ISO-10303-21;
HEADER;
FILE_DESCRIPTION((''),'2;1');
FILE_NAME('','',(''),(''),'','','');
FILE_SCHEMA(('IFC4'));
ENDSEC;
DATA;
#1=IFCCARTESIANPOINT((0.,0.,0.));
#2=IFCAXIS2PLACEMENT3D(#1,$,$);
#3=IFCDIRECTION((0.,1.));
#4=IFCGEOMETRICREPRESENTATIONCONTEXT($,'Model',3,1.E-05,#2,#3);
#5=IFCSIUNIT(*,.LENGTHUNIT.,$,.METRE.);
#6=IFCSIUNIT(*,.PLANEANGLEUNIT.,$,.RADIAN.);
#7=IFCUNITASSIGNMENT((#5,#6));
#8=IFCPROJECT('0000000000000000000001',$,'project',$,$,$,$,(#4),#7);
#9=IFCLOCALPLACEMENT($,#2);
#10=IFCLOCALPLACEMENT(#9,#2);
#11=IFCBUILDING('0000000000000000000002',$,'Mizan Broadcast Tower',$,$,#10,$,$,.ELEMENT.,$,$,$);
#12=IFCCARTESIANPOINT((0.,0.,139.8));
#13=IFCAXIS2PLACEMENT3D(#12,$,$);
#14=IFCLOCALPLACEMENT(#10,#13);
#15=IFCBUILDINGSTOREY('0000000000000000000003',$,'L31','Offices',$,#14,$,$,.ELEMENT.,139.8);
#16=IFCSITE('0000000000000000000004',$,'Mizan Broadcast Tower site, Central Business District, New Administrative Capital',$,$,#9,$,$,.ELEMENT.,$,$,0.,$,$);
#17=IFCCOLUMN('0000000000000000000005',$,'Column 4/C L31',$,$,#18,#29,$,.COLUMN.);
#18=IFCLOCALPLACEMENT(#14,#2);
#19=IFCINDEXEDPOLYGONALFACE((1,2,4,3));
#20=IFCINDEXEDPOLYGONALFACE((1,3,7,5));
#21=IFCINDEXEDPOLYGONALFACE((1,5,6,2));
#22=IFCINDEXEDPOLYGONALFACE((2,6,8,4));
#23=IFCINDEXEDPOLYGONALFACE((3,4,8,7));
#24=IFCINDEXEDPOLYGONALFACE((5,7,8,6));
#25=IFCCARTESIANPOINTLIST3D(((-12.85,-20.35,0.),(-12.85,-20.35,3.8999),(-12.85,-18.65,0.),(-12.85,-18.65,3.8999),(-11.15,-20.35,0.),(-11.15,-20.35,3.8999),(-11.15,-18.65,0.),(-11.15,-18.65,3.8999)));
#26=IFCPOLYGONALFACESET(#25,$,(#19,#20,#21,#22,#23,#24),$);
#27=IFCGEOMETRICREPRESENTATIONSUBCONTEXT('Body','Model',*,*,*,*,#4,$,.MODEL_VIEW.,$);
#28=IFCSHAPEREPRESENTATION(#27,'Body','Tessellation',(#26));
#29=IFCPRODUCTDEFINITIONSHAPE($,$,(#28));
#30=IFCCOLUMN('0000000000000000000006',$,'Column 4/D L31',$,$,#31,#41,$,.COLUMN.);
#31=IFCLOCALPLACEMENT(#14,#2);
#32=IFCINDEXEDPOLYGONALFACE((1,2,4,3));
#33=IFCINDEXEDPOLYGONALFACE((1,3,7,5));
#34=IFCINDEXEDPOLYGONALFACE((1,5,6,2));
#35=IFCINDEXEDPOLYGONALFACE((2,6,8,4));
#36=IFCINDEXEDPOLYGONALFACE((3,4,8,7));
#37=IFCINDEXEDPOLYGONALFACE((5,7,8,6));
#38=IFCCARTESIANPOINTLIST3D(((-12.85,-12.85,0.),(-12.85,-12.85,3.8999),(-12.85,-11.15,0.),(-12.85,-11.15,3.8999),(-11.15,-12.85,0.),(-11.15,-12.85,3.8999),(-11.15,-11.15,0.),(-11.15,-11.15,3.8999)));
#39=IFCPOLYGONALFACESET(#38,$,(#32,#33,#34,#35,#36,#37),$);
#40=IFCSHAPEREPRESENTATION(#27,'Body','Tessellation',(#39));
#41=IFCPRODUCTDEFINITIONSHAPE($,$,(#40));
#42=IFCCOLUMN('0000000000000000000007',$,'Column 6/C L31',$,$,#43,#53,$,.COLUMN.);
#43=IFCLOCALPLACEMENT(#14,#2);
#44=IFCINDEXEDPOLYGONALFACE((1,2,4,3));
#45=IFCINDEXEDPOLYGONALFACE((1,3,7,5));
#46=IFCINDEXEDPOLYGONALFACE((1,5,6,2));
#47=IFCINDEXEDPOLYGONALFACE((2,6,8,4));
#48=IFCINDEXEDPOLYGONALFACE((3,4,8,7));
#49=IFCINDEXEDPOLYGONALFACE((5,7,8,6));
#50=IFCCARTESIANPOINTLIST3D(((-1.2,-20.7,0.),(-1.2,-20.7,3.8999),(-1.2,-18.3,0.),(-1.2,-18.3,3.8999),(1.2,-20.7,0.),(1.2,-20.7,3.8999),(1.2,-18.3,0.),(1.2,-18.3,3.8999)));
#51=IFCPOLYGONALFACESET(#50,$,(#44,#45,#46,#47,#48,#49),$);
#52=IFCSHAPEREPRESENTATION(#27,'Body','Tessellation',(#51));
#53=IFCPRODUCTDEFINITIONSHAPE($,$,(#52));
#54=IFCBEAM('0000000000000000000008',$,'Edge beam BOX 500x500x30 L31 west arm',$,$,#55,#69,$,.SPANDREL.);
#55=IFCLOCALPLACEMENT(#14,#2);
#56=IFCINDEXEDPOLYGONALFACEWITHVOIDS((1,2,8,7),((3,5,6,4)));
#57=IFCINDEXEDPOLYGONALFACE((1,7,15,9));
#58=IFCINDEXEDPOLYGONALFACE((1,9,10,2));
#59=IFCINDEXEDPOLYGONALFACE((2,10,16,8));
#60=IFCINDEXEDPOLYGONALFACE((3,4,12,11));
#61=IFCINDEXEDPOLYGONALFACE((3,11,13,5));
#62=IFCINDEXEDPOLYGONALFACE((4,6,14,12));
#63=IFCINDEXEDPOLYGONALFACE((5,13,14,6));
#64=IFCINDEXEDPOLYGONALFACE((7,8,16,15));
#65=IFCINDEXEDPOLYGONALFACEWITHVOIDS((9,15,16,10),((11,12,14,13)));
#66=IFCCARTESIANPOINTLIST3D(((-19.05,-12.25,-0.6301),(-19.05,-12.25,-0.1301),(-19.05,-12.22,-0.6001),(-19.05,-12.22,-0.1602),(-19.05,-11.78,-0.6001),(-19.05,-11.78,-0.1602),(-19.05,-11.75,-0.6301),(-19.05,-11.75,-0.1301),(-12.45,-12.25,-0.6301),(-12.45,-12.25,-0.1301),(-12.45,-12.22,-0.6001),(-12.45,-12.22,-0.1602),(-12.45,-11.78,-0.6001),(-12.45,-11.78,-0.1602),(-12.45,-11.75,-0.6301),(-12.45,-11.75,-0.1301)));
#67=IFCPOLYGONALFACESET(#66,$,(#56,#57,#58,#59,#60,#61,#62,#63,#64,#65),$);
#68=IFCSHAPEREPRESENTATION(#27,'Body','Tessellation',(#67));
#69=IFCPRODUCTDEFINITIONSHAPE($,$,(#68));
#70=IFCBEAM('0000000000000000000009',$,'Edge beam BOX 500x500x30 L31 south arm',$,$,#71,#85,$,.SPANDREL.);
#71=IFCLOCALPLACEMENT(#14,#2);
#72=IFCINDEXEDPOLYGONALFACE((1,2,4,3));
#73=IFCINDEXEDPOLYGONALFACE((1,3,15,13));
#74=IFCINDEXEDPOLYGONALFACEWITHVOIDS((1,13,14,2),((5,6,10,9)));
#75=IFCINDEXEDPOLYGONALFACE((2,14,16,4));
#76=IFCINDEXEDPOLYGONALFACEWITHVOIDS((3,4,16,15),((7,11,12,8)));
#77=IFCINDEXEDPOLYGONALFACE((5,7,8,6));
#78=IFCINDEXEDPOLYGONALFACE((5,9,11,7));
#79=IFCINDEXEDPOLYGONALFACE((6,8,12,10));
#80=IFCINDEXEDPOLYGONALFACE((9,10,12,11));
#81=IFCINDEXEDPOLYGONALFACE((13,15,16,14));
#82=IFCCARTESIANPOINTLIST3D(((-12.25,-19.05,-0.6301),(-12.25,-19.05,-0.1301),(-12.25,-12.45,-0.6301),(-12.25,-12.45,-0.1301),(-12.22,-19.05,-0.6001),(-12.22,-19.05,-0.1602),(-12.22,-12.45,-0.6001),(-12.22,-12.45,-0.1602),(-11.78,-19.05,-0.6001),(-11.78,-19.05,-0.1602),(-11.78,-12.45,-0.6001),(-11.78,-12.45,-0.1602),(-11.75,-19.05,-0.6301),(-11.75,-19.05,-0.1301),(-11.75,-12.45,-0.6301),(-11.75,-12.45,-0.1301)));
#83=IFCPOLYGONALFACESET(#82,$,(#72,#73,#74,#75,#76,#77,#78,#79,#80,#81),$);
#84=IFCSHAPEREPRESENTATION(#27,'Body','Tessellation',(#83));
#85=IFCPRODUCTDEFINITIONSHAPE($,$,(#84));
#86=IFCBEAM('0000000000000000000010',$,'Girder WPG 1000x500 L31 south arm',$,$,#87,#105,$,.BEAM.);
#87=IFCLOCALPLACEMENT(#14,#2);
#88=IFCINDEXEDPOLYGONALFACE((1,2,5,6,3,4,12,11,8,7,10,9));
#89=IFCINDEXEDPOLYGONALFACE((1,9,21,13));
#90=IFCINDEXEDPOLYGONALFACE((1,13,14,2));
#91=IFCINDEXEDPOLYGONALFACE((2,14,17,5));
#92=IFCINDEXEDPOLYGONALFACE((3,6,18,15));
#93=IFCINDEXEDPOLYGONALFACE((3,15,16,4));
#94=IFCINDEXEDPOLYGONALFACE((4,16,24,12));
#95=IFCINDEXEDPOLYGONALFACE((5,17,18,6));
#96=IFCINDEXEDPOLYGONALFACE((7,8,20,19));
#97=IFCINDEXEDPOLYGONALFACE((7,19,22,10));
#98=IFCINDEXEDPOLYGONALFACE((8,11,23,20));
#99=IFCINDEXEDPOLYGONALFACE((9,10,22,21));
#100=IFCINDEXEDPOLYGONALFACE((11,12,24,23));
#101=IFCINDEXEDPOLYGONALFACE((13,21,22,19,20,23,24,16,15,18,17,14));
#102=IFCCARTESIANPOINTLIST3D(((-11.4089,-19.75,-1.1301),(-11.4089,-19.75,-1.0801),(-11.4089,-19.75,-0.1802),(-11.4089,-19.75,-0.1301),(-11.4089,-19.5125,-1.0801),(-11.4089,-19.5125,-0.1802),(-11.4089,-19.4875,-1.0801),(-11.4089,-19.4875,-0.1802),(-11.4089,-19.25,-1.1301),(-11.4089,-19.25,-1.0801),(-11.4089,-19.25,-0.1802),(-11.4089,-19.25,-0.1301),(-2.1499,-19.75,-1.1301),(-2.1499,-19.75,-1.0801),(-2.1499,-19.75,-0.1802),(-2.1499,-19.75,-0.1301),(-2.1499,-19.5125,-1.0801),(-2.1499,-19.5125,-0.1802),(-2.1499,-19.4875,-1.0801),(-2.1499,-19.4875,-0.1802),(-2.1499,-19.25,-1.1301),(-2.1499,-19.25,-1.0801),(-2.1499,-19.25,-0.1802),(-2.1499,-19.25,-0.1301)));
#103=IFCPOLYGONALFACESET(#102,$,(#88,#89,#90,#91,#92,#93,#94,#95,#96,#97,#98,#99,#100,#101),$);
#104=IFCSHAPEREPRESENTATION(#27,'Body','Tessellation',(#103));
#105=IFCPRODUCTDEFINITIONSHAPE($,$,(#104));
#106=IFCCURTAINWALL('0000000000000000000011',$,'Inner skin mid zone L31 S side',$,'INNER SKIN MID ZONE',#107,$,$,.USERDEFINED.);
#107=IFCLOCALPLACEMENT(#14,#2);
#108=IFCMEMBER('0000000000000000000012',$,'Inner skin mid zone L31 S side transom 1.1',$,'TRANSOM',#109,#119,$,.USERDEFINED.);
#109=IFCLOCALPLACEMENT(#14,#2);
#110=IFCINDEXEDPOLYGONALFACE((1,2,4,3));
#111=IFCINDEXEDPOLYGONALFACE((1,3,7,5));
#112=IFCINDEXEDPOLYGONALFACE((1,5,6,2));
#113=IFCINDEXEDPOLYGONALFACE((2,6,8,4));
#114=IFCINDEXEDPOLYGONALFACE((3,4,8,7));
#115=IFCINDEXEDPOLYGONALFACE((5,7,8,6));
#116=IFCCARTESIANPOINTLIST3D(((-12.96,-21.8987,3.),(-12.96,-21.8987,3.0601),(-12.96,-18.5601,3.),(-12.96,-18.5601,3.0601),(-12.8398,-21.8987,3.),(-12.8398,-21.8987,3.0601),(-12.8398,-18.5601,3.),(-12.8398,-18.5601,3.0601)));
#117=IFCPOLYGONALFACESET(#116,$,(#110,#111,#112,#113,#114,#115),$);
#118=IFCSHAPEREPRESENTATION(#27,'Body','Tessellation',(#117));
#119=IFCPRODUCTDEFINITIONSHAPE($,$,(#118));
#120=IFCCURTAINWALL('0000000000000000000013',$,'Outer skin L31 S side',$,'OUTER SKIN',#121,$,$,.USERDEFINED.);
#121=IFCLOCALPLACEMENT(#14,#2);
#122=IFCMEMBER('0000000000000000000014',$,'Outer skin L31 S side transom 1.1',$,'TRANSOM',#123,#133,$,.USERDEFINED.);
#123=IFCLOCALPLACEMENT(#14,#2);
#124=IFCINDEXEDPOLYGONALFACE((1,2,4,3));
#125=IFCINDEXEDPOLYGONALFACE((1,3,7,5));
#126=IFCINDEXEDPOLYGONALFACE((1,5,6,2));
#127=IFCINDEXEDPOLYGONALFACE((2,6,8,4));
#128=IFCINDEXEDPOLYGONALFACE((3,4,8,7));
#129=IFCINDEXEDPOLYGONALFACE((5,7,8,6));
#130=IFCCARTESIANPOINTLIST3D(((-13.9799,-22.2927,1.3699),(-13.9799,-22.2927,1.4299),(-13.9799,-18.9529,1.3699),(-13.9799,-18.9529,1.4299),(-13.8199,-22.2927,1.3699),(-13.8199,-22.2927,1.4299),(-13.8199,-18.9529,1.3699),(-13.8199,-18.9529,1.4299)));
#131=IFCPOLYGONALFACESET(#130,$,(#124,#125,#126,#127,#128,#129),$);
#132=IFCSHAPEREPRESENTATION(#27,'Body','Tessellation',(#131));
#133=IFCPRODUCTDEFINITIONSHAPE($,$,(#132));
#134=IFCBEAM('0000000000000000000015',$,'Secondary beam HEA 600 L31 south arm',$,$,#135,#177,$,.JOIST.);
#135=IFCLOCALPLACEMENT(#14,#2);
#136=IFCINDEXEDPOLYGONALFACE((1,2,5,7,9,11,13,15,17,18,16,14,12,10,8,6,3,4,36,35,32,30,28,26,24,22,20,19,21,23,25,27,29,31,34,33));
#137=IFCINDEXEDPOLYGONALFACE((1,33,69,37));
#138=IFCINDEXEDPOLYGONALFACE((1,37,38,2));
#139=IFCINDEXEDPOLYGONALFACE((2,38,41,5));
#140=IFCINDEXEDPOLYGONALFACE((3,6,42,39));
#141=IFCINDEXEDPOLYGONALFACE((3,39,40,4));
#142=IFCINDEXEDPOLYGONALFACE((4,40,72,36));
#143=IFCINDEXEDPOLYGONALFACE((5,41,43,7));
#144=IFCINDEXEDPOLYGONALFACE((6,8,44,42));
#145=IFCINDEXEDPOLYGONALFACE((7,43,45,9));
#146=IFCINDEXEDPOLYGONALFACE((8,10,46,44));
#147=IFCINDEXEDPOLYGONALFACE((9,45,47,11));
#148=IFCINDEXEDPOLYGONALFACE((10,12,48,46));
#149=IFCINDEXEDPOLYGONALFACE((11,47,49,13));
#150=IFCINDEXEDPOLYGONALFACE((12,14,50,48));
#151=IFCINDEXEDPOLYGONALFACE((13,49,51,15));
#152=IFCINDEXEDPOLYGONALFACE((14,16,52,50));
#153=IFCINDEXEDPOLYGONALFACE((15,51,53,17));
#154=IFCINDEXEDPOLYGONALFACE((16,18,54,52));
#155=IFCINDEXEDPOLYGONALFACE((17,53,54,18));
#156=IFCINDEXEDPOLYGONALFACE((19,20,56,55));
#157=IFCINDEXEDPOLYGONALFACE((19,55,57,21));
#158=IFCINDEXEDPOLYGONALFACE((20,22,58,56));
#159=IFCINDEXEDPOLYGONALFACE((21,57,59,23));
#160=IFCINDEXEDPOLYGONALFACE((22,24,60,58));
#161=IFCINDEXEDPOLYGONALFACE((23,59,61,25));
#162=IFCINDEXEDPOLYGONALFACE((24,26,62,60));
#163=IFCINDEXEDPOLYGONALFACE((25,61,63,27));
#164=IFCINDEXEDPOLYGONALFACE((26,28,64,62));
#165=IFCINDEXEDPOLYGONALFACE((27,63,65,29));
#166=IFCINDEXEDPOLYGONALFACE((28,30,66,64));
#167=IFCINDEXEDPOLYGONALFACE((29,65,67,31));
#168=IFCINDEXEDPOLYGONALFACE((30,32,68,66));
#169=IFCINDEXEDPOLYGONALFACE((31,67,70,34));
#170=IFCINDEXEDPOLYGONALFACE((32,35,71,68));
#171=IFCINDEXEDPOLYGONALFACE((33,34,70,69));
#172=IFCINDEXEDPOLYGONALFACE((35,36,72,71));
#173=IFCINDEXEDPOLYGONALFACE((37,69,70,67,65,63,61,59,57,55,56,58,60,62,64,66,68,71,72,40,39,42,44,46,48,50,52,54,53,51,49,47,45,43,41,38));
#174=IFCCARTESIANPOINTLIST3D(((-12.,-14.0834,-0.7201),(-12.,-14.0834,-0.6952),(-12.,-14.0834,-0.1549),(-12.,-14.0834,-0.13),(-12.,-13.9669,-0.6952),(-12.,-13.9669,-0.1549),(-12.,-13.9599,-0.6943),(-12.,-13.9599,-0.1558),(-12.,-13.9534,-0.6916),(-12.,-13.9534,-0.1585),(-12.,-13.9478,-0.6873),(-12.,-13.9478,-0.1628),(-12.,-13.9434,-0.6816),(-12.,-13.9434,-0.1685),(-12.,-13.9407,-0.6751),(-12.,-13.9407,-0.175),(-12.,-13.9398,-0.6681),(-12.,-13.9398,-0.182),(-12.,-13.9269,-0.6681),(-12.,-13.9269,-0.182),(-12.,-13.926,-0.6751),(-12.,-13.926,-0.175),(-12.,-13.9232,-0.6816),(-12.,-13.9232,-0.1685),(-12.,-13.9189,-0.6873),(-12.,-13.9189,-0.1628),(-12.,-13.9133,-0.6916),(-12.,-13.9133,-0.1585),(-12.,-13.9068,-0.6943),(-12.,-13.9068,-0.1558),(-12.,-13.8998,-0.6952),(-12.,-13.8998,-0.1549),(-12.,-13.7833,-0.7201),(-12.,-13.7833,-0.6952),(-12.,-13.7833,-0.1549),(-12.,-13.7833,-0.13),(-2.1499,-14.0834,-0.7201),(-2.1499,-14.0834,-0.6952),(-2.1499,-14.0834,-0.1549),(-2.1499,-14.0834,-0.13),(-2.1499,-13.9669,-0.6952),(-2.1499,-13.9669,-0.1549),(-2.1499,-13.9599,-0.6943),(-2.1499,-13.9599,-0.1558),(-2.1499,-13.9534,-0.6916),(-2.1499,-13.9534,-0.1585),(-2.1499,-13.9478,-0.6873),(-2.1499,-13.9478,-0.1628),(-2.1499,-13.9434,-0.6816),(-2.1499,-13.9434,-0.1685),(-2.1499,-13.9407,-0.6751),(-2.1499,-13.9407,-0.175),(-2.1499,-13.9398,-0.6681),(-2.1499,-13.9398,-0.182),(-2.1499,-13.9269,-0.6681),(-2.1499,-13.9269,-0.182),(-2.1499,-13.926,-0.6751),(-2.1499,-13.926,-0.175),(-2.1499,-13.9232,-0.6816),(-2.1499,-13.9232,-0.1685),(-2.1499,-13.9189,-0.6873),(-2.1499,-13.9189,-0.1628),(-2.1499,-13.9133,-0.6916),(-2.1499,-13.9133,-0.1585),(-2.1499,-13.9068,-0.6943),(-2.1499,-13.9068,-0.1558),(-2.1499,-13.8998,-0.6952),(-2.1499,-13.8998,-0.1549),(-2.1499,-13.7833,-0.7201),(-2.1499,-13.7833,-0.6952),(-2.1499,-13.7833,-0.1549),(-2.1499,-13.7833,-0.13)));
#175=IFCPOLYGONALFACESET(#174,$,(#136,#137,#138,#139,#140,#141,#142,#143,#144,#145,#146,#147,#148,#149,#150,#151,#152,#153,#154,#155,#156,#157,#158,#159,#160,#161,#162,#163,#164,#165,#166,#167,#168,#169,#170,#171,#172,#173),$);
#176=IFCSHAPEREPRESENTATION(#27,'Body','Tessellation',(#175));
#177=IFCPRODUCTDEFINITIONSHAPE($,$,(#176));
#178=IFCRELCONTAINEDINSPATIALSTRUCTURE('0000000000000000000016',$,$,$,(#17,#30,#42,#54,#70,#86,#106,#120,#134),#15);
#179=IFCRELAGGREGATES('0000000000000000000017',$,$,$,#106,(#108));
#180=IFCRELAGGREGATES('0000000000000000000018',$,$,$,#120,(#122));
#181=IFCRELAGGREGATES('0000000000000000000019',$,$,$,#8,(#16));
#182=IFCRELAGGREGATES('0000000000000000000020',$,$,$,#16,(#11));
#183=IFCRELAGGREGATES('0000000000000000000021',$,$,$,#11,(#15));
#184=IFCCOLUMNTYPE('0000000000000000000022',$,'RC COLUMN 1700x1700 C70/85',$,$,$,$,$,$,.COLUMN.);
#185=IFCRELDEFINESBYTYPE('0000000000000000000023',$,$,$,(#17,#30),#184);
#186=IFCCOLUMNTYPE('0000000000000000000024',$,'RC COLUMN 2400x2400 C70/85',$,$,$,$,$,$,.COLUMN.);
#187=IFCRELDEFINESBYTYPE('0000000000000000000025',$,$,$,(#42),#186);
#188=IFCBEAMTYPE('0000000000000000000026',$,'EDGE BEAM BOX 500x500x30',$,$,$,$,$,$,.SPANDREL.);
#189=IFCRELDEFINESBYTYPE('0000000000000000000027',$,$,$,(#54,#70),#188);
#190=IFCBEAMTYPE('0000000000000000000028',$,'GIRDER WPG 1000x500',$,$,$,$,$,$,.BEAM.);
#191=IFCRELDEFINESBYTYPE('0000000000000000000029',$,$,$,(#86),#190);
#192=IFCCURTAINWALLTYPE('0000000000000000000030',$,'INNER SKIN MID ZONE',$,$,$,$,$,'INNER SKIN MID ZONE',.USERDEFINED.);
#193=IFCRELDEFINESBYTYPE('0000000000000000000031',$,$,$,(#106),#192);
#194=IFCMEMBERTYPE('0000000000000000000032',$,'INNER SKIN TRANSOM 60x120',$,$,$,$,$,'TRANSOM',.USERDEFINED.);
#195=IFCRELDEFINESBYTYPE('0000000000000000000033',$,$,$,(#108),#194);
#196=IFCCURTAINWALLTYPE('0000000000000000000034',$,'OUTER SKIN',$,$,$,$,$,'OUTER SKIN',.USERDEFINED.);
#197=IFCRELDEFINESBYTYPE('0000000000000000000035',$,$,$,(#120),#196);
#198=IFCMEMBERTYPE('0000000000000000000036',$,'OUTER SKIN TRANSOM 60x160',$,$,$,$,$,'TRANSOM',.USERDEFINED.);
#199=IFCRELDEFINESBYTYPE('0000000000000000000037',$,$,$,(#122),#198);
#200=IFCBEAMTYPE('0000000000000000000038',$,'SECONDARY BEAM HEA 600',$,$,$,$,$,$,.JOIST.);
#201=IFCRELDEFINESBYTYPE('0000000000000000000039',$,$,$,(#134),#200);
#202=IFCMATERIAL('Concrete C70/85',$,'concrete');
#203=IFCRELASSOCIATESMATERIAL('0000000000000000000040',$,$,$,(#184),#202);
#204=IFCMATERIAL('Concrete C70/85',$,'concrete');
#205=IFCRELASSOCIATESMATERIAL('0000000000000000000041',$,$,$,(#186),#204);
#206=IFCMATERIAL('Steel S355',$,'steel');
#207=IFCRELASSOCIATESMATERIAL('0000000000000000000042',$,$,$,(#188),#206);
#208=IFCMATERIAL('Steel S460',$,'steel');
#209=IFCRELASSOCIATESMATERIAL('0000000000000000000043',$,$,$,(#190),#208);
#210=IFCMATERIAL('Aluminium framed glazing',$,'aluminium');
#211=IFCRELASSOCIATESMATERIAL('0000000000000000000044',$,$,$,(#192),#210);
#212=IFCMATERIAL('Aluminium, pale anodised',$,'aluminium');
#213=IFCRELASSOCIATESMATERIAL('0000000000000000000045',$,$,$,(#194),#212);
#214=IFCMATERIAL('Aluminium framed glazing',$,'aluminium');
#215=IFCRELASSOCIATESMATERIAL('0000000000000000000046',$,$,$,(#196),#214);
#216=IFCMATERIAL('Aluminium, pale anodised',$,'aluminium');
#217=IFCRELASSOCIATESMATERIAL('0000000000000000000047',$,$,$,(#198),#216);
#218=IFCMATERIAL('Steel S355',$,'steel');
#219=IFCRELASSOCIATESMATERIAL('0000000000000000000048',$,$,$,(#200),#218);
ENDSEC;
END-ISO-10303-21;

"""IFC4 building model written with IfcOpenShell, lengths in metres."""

from ifc_helpers import new_model, si_unit, direction, frame, origin, origin_2d, place, context, subcontext, project, spatial, rectangle, hollow_rectangle, i_section, extrude, material, material_profile, profile_set, type_object, element, aggregate, save


model = new_model("IFC4")

# Units and contexts
model_context = context("Model", 3, precision=1e-05, world=origin(), true_north=direction((0.0, 1.0)))
body_context = subcontext(model_context, "Body", "Model", "MODEL_VIEW")
ifc_project = project(units=[si_unit("LENGTHUNIT", "METRE"), si_unit("PLANEANGLEUNIT", "RADIAN")], contexts=[model_context])

# Site, building, storey
site_placement = place(None, origin())
site = spatial("IfcSite", under=ifc_project, at=site_placement, Name="Mizan Broadcast Tower site, Central Business District, New Administrative Capital", CompositionType="ELEMENT", RefElevation=0.0)
building_placement = place(site_placement, origin())
building = spatial("IfcBuilding", under=site, at=building_placement, Name="Mizan Broadcast Tower", CompositionType="ELEMENT")
storey_placement = place(building_placement, frame((0.0, 0.0, 139.8)))
storey = spatial("IfcBuildingStorey", under=building, at=storey_placement, Name="L31", Description="Offices", CompositionType="ELEMENT", Elevation=139.8)

# Columns
ifc_material_1 = material(Name="Concrete C70/85", Category="concrete")
ifc_material_profile_1 = material_profile(ifc_material_1, rectangle(XDim=1.7, YDim=1.7, at=origin_2d()), Name="RC 1700x1700")
ifc_profile_set_1 = profile_set([ifc_material_profile_1], Name="Concrete C70/85")
column_type_1 = type_object("IfcColumnType", Name="RC COLUMN 1700x1700 C70/85", PredefinedType="COLUMN", material=ifc_profile_set_1)
for number, where, z_axis, x_axis, name in (
    (1, (-12.0, -19.5, 0.0), (0.0, 0.0, 1.0), (1.0, 0.0, 0.0), "Column 4/C L31"),
    (2, (-12.0, -12.0, 0.0), (0.0, 0.0, 1.0), (1.0, 0.0, 0.0), "Column 4/D L31"),
):
    element("IfcColumn", number, at=place(storey_placement, frame(where, z_axis=z_axis, x_axis=x_axis)), inside=storey, type_object=column_type_1, Name=name, PredefinedType="COLUMN", context=body_context, shape_type="SweptSolid", body=[
        extrude(rectangle(XDim=1.7, YDim=1.7, at=origin_2d()), origin(), (0.0, 0.0, 1.0), 3.8999),
    ])
ifc_material_2 = material(Name="Concrete C70/85", Category="concrete")
ifc_material_profile_2 = material_profile(ifc_material_2, rectangle(XDim=2.3999, YDim=2.3999, at=origin_2d()), Name="RC 2400x2400")
ifc_profile_set_2 = profile_set([ifc_material_profile_2], Name="Concrete C70/85")
column_type_2 = type_object("IfcColumnType", Name="RC COLUMN 2400x2400 C70/85", PredefinedType="COLUMN", material=ifc_profile_set_2)
column_placement = place(storey_placement, frame((0.0, -19.5, 0.0), z_axis=(0.0, 0.0, 1.0), x_axis=(1.0, 0.0, 0.0)))
element("IfcColumn", 3, at=column_placement, inside=storey, type_object=column_type_2, Name="Column 6/C L31", PredefinedType="COLUMN", context=body_context, shape_type="SweptSolid", body=[
    extrude(rectangle(XDim=2.3999, YDim=2.3999, at=origin_2d()), origin(), (0.0, 0.0, 1.0), 3.8999),
])

# Beams
ifc_material_3 = material(Name="Steel S355", Category="steel")
ifc_material_profile_3 = material_profile(ifc_material_3, hollow_rectangle(XDim=0.5, YDim=0.5, WallThickness=0.03, at=origin_2d()), Name="BOX 500x500x30")
ifc_profile_set_3 = profile_set([ifc_material_profile_3], Name="Steel S355")
beam_type_1 = type_object("IfcBeamType", Name="EDGE BEAM BOX 500x500x30", PredefinedType="SPANDREL", material=ifc_profile_set_3)
for number, where, z_axis, x_axis, name in (
    (4, (-12.45, -12.0, -0.3801), (-1.0, 0.0, 0.0), (0.0, -1.0, 0.0), "Edge beam BOX 500x500x30 L31 west arm"),
    (5, (-12.0, -12.45, -0.3801), (0.0, -1.0, 0.0), (1.0, 0.0, 0.0), "Edge beam BOX 500x500x30 L31 south arm"),
):
    element("IfcBeam", number, at=place(storey_placement, frame(where, z_axis=z_axis, x_axis=x_axis)), inside=storey, type_object=beam_type_1, Name=name, PredefinedType="SPANDREL", context=body_context, shape_type="SweptSolid", body=[
        extrude(hollow_rectangle(XDim=0.5, YDim=0.5, WallThickness=0.03, at=origin_2d()), origin(), (0.0, 0.0, 1.0), 6.6001),
    ])
ifc_material_4 = material(Name="Steel S460", Category="steel")
ifc_material_profile_4 = material_profile(ifc_material_4, i_section(OverallWidth=0.5, OverallDepth=1.0, WebThickness=0.0249, FlangeThickness=0.05, at=origin_2d()), Name="WPG 1000x500")
ifc_profile_set_4 = profile_set([ifc_material_profile_4], Name="Steel S460")
beam_type_2 = type_object("IfcBeamType", Name="GIRDER WPG 1000x500", PredefinedType="BEAM", material=ifc_profile_set_4)
beam_1_placement = place(storey_placement, frame((-11.4089, -19.5, -0.6301), z_axis=(1.0, 0.0, 0.0), x_axis=(0.0, 1.0, 0.0)))
element("IfcBeam", 6, at=beam_1_placement, inside=storey, type_object=beam_type_2, Name="Girder WPG 1000x500 L31 south arm", PredefinedType="BEAM", context=body_context, shape_type="SweptSolid", body=[
    extrude(i_section(OverallWidth=0.5, OverallDepth=1.0, WebThickness=0.0249, FlangeThickness=0.05, at=origin_2d()), origin(), (0.0, 0.0, 1.0), 9.259),
])

# Curtain walls, members
ifc_material_5 = material(Name="Aluminium framed glazing", Category="aluminium")
curtain_wall_type_1 = type_object("IfcCurtainWallType", Name="INNER SKIN MID ZONE", ElementType="INNER SKIN MID ZONE", PredefinedType="USERDEFINED", material=ifc_material_5)
curtain_wall_1_placement = place(storey_placement, origin())
curtain_wall_1 = element("IfcCurtainWall", 7, at=curtain_wall_1_placement, inside=storey, type_object=curtain_wall_type_1, Name="Inner skin mid zone L31 S side", ObjectType="INNER SKIN MID ZONE", PredefinedType="USERDEFINED")
ifc_material_6 = material(Name="Aluminium, pale anodised", Category="aluminium")
ifc_material_profile_5 = material_profile(ifc_material_6, rectangle(XDim=0.1201, YDim=0.0601, at=origin_2d()), Name="TRANSOM 120x60")
ifc_profile_set_5 = profile_set([ifc_material_profile_5], Name="Aluminium, pale anodised")
member_type_1 = type_object("IfcMemberType", Name="INNER SKIN TRANSOM 60x120", ElementType="TRANSOM", PredefinedType="USERDEFINED", material=ifc_profile_set_5)
member_1_placement = place(storey_placement, frame((-12.8999, -18.5601, 3.03), z_axis=(0.0, -1.0, 0.0), x_axis=(1.0, 0.0, 0.0)))
member_1 = element("IfcMember", 8, at=member_1_placement, type_object=member_type_1, Name="Inner skin mid zone L31 S side transom 1.1", ObjectType="TRANSOM", PredefinedType="USERDEFINED", context=body_context, shape_type="SweptSolid", body=[
    extrude(rectangle(XDim=0.1201, YDim=0.0601, at=origin_2d()), origin(), (0.0, 0.0, 1.0), 3.3386),
])
aggregate(curtain_wall_1, [member_1])
ifc_material_7 = material(Name="Aluminium framed glazing", Category="aluminium")
curtain_wall_type_2 = type_object("IfcCurtainWallType", Name="OUTER SKIN", ElementType="OUTER SKIN", PredefinedType="USERDEFINED", material=ifc_material_7)
curtain_wall_2_placement = place(storey_placement, origin())
curtain_wall_2 = element("IfcCurtainWall", 9, at=curtain_wall_2_placement, inside=storey, type_object=curtain_wall_type_2, Name="Outer skin L31 S side", ObjectType="OUTER SKIN", PredefinedType="USERDEFINED")
ifc_material_8 = material(Name="Aluminium, pale anodised", Category="aluminium")
ifc_material_profile_6 = material_profile(ifc_material_8, rectangle(XDim=0.1599, YDim=0.0601, at=origin_2d()), Name="TRANSOM 160x60")
ifc_profile_set_6 = profile_set([ifc_material_profile_6], Name="Aluminium, pale anodised")
member_type_2 = type_object("IfcMemberType", Name="OUTER SKIN TRANSOM 60x160", ElementType="TRANSOM", PredefinedType="USERDEFINED", material=ifc_profile_set_6)
member_2_placement = place(storey_placement, frame((-13.8999, -18.9529, 1.3999), z_axis=(0.0, -1.0, 0.0), x_axis=(1.0, 0.0, 0.0)))
member_2 = element("IfcMember", 10, at=member_2_placement, type_object=member_type_2, Name="Outer skin L31 S side transom 1.1", ObjectType="TRANSOM", PredefinedType="USERDEFINED", context=body_context, shape_type="SweptSolid", body=[
    extrude(rectangle(XDim=0.1599, YDim=0.0601, at=origin_2d()), origin(), (0.0, 0.0, 1.0), 3.3398),
])
aggregate(curtain_wall_2, [member_2])

# Beam
ifc_material_9 = material(Name="Steel S355", Category="steel")
ifc_material_profile_7 = material_profile(ifc_material_9, i_section(OverallWidth=0.3, OverallDepth=0.5901, WebThickness=0.0129, FlangeThickness=0.0249, FilletRadius=0.0271, at=origin_2d()), Name="HEA 600")
ifc_profile_set_7 = profile_set([ifc_material_profile_7], Name="Steel S355")
beam_type_3 = type_object("IfcBeamType", Name="SECONDARY BEAM HEA 600", PredefinedType="JOIST", material=ifc_profile_set_7)
for number, where, z_axis, x_axis, name in (
    (11, (-12.0, -13.9333, -0.425), (1.0, 0.0, 0.0), (0.0, 1.0, 0.0), "Secondary beam HEA 600 L31 south arm"),
):
    element("IfcBeam", number, at=place(storey_placement, frame(where, z_axis=z_axis, x_axis=x_axis)), inside=storey, type_object=beam_type_3, Name=name, PredefinedType="JOIST", context=body_context, shape_type="SweptSolid", body=[
        extrude(i_section(OverallWidth=0.3, OverallDepth=0.5901, WebThickness=0.0129, FlangeThickness=0.0249, FilletRadius=0.0271, at=origin_2d()), origin(), (0.0, 0.0, 1.0), 9.8501),
    ])

save(model, "model.ifc")
